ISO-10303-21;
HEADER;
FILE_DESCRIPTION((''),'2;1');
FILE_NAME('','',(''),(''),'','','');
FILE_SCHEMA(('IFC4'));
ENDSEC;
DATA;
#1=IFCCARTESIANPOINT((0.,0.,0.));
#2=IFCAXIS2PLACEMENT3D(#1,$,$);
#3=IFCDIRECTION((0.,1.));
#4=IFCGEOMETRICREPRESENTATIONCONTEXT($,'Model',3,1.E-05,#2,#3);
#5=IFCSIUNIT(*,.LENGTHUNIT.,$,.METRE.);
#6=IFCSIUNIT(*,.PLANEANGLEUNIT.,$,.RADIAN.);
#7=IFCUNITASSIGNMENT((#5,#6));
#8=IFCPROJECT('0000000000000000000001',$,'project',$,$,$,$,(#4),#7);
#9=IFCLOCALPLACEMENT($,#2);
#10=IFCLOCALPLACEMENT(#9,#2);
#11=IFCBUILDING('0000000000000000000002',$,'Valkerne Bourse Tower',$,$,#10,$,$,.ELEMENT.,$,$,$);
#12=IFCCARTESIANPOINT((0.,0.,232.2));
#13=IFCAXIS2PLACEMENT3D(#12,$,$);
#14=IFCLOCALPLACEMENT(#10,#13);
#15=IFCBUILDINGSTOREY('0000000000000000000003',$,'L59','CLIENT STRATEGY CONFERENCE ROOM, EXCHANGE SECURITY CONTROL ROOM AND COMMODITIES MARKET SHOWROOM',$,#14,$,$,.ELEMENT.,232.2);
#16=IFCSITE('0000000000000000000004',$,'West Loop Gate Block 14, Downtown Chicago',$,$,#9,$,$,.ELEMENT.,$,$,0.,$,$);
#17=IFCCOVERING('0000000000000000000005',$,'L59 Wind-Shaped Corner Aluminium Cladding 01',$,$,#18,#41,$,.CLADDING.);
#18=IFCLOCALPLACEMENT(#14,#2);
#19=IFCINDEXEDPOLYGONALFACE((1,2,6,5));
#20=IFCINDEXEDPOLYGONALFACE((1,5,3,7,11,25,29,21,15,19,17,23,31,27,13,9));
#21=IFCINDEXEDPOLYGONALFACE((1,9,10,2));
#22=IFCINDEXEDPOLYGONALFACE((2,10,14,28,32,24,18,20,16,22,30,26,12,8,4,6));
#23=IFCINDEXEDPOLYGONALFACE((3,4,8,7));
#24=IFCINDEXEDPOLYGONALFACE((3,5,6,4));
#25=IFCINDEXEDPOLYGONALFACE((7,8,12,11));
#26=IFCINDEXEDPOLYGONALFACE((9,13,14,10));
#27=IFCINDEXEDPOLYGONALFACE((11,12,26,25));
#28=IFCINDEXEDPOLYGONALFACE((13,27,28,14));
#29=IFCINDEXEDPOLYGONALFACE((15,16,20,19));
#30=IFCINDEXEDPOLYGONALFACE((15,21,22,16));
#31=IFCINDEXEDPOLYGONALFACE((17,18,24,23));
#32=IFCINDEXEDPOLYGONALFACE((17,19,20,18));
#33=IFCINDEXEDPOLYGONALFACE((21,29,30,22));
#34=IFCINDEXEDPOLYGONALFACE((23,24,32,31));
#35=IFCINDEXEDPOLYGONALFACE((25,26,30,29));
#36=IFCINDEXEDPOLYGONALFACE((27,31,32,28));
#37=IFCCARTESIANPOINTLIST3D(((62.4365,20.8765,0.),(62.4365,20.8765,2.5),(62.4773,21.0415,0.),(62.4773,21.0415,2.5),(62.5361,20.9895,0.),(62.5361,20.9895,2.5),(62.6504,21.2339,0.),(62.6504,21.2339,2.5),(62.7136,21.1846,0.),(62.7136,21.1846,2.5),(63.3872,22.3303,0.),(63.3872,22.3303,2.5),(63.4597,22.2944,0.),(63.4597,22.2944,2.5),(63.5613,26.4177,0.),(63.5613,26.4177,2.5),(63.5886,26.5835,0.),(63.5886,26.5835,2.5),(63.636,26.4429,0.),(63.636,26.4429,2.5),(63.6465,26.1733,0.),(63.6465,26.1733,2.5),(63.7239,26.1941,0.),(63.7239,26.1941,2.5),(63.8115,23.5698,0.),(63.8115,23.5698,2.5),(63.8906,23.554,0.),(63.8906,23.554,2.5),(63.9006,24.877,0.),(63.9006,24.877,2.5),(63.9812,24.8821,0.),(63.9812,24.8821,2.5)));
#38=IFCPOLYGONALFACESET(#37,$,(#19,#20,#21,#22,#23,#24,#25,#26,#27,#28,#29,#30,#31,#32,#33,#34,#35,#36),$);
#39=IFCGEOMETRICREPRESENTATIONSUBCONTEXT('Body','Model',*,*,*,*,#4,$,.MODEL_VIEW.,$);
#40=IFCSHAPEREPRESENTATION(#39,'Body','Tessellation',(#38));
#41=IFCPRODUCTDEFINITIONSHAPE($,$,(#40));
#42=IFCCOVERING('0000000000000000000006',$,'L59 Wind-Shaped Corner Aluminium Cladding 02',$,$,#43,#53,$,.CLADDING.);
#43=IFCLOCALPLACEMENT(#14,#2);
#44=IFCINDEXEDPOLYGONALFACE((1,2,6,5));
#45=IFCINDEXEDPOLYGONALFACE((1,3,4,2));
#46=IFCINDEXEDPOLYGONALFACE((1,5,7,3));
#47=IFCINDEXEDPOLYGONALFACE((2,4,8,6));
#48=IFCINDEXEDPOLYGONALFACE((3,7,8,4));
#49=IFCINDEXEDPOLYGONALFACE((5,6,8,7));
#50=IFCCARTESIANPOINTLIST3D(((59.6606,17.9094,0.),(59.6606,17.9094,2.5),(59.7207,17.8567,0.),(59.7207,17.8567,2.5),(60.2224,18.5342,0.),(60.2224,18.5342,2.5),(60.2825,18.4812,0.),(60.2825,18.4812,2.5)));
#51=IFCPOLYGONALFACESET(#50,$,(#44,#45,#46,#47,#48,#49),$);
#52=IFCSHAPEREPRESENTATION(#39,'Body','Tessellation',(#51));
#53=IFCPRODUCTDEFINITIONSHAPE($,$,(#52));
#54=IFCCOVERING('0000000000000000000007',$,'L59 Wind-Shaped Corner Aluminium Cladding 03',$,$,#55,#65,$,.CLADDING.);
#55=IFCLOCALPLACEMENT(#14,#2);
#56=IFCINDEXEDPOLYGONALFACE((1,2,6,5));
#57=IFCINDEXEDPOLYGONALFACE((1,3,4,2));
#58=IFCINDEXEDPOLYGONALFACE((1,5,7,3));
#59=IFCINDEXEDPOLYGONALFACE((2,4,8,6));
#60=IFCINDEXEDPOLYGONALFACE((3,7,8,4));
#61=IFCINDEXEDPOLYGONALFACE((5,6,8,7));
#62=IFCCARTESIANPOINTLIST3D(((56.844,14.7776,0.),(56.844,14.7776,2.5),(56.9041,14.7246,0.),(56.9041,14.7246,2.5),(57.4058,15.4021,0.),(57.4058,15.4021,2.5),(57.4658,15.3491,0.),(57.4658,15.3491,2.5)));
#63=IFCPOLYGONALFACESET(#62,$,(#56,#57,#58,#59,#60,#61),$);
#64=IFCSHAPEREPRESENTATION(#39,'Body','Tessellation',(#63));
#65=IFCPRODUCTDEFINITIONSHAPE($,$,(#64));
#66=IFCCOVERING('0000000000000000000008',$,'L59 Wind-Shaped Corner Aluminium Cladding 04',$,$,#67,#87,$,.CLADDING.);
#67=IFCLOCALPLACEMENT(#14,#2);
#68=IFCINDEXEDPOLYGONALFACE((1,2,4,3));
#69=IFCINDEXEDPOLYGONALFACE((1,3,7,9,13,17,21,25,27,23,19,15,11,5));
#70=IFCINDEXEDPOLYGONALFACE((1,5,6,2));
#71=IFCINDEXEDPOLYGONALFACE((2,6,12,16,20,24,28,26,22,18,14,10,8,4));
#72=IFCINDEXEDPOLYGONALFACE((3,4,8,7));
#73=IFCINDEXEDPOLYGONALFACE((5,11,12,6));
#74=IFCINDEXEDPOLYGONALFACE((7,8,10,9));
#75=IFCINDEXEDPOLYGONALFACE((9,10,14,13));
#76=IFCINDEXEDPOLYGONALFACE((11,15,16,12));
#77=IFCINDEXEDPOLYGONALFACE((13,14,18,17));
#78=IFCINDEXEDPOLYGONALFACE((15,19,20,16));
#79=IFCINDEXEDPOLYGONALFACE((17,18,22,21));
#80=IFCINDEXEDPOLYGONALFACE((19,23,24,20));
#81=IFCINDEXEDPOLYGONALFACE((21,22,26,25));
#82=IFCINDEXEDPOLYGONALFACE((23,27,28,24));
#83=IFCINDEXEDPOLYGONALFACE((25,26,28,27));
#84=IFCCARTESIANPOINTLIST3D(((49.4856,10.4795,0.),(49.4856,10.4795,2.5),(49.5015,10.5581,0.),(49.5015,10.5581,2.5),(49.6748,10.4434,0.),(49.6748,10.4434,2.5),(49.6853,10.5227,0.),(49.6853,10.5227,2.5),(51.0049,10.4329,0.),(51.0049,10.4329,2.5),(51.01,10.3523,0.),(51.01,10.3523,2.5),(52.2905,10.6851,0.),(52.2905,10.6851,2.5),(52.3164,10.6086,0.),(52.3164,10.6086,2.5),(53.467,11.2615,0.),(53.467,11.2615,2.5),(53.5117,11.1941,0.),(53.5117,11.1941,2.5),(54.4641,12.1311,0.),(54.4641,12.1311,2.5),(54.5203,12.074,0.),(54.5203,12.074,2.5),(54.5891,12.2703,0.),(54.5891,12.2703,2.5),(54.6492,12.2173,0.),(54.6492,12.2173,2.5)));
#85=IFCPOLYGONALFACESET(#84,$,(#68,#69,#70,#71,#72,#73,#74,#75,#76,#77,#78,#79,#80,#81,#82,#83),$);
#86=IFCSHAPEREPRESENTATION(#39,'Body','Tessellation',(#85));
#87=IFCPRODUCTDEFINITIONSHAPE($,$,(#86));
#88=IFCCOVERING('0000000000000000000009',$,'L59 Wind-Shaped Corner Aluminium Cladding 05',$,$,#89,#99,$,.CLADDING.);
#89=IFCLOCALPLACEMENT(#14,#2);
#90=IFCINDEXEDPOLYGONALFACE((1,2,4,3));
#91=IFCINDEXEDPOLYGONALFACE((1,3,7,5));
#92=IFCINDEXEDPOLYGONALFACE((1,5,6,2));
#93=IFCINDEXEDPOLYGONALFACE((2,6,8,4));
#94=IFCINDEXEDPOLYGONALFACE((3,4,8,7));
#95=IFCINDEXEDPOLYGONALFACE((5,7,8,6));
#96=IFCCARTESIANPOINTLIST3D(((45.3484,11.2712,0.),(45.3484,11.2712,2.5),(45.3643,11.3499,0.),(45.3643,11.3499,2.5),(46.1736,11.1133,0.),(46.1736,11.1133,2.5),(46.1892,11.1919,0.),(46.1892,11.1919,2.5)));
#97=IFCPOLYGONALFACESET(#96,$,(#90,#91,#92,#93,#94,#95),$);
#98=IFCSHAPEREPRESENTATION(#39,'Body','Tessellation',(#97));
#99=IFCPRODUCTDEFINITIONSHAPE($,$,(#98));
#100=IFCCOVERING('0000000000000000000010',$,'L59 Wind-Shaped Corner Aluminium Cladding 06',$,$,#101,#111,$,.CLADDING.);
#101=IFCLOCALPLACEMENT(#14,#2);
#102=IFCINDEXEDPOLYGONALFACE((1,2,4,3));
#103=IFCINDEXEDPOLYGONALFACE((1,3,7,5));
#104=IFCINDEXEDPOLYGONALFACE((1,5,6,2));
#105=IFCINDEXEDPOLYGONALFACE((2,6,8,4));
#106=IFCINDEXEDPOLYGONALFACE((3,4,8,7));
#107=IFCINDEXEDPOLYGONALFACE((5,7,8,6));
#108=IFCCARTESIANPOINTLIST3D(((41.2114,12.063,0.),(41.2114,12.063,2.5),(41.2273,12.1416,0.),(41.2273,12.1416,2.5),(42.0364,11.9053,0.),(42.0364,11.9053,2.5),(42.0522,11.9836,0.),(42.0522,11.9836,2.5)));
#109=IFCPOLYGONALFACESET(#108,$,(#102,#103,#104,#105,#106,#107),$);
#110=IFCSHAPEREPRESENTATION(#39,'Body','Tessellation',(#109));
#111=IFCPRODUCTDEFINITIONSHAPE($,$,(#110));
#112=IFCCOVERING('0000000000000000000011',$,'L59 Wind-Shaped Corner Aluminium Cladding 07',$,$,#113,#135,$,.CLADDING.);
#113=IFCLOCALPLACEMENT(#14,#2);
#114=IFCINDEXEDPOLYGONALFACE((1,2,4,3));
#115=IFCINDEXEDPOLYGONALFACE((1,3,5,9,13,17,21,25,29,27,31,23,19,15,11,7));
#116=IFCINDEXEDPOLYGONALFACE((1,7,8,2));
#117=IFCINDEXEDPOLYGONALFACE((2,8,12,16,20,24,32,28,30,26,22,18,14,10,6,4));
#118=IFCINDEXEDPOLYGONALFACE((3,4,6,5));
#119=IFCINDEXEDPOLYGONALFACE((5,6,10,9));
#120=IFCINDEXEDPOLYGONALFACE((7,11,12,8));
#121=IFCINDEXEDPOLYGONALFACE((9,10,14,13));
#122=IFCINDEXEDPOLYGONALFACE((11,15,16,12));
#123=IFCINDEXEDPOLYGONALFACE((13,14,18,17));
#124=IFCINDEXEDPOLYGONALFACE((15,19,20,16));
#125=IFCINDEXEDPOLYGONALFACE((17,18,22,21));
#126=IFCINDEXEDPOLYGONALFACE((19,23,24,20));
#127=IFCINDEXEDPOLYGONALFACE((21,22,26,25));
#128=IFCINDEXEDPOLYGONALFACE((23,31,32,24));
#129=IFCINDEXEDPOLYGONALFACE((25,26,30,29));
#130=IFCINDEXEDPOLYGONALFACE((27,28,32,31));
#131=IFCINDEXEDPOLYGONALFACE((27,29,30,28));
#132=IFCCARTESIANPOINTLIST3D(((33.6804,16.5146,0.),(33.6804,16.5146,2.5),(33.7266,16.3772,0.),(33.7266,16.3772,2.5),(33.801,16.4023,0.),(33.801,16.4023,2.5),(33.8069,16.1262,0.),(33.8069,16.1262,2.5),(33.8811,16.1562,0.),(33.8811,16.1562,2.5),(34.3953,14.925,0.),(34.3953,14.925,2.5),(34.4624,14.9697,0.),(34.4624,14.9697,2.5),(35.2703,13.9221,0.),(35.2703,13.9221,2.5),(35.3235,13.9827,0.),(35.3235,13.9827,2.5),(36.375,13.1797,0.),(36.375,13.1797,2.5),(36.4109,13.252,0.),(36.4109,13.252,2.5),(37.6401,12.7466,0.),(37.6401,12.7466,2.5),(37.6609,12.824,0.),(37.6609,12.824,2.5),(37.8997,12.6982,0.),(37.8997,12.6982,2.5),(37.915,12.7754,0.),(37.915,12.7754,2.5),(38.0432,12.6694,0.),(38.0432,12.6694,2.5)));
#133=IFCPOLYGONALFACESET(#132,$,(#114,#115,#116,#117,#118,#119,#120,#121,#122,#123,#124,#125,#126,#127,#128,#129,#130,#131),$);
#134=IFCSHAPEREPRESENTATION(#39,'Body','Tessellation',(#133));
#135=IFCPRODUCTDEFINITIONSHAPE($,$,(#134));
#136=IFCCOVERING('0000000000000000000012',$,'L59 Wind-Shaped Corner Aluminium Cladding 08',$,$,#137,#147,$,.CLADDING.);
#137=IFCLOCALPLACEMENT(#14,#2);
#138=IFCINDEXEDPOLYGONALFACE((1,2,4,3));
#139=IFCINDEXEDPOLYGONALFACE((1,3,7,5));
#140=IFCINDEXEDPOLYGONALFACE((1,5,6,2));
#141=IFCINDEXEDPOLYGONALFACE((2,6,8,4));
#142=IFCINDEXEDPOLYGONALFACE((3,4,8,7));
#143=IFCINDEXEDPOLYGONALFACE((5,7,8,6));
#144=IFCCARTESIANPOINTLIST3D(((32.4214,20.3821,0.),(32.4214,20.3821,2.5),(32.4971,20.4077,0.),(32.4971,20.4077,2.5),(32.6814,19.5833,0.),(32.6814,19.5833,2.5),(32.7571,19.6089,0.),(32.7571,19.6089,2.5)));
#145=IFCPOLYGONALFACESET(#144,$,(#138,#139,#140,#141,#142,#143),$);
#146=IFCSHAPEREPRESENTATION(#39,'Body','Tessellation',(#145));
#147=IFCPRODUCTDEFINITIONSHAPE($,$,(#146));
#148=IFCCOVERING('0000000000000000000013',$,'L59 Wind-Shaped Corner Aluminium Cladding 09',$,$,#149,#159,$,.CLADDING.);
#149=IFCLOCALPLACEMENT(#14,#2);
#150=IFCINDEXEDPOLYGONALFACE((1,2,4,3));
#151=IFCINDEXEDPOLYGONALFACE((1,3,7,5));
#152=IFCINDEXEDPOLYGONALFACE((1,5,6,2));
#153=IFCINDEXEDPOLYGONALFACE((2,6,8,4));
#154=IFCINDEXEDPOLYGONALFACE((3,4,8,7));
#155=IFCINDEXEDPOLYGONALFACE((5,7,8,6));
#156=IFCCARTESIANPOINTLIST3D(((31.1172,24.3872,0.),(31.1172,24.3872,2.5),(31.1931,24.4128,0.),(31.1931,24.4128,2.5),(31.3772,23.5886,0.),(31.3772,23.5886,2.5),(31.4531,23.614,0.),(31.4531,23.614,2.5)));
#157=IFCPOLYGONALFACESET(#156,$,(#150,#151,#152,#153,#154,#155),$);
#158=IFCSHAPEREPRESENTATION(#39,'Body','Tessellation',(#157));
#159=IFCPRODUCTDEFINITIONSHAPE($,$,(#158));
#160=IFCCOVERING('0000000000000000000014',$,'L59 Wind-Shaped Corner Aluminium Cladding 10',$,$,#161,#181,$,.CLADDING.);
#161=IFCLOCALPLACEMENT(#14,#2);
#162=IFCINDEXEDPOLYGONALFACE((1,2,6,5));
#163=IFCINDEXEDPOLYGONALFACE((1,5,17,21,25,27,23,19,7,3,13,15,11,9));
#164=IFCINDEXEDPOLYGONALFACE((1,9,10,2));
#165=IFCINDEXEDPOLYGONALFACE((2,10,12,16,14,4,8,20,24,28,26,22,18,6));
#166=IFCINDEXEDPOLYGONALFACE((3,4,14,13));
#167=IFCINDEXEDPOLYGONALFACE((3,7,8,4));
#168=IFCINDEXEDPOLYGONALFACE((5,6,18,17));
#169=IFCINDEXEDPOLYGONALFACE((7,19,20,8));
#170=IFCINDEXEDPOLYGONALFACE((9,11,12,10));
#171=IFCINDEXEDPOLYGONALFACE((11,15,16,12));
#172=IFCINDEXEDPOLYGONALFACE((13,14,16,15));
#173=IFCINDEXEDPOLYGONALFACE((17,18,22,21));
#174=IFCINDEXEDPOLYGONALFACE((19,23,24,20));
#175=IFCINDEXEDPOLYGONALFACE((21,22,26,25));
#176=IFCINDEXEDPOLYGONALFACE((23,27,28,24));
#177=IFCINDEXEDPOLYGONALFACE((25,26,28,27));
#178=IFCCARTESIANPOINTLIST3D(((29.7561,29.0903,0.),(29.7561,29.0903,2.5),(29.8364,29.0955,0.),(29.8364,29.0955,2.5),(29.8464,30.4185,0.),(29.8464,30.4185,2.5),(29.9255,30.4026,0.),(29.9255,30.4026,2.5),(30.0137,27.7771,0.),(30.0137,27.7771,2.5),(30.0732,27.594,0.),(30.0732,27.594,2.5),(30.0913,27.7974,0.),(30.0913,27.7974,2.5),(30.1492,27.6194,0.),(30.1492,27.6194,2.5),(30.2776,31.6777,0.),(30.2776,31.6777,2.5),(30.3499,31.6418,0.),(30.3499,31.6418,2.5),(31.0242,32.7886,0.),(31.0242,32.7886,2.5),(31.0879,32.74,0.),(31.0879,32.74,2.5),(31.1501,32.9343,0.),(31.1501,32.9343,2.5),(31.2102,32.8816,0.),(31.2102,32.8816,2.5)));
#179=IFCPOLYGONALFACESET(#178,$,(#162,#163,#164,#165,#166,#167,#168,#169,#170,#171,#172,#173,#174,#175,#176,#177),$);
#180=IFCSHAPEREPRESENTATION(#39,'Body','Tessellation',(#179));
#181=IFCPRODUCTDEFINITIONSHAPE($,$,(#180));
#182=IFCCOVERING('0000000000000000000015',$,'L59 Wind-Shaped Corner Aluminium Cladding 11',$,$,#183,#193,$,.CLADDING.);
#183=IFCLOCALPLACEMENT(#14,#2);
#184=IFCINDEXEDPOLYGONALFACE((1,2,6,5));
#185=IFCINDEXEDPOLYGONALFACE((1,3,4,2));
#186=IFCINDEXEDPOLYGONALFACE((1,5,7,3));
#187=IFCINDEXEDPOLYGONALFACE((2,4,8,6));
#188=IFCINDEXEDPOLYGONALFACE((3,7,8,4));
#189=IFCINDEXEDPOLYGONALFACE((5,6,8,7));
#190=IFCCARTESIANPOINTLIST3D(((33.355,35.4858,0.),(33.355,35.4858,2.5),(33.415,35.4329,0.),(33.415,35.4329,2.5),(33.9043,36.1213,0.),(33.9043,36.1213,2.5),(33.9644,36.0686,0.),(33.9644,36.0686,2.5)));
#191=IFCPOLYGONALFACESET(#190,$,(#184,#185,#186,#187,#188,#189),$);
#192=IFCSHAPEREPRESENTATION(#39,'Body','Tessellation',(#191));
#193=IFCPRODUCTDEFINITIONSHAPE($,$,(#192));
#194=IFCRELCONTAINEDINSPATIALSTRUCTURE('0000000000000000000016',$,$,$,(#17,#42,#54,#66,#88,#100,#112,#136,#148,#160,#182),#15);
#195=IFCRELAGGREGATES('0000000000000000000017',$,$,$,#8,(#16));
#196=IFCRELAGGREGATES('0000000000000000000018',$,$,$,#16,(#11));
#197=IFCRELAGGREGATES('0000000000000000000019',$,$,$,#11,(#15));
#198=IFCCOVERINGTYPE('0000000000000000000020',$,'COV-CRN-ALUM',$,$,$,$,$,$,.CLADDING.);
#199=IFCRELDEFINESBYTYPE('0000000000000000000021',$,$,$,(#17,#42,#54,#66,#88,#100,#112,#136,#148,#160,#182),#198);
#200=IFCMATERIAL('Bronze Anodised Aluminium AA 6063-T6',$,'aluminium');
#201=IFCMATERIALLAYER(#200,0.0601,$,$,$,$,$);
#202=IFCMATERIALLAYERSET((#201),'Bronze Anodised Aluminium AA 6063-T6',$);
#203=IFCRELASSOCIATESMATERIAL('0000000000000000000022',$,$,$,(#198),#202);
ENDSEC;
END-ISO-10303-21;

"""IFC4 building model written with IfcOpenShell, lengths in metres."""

from ifc_helpers import new_model, si_unit, direction, frame, origin, place, context, subcontext, project, spatial, polyline, outline, extrude, material, layer, layer_set, type_object, element, save


model = new_model("IFC4")

# Units and contexts
model_context = context("Model", 3, precision=1e-05, world=origin(), true_north=direction((0.0, 1.0)))
body_context = subcontext(model_context, "Body", "Model", "MODEL_VIEW")
ifc_project = project(units=[si_unit("LENGTHUNIT", "METRE"), si_unit("PLANEANGLEUNIT", "RADIAN")], contexts=[model_context])

# Site, building, storey
site_placement = place(None, origin())
site = spatial("IfcSite", under=ifc_project, at=site_placement, Name="West Loop Gate Block 14, Downtown Chicago", CompositionType="ELEMENT", RefElevation=0.0)
building_placement = place(site_placement, origin())
building = spatial("IfcBuilding", under=site, at=building_placement, Name="Valkerne Bourse Tower", CompositionType="ELEMENT")
storey_placement = place(building_placement, frame((0.0, 0.0, 232.2)))
storey = spatial("IfcBuildingStorey", under=building, at=storey_placement, Name="L59", Description="CLIENT STRATEGY CONFERENCE ROOM, EXCHANGE SECURITY CONTROL ROOM AND COMMODITIES MARKET SHOWROOM", CompositionType="ELEMENT", Elevation=232.2)

# Coverings
ifc_material_1 = material(Name="Bronze Anodised Aluminium AA 6063-T6", Category="aluminium")
ifc_layer_1 = layer(ifc_material_1, 0.0601)
ifc_layer_set_1 = layer_set([ifc_layer_1], Name="Bronze Anodised Aluminium AA 6063-T6")
covering_type = type_object("IfcCoveringType", Name="COV-CRN-ALUM", PredefinedType="CLADDING", material=ifc_layer_set_1)
covering_1_placement = place(storey_placement, origin())
element("IfcCovering", 1, at=covering_1_placement, inside=storey, type_object=covering_type, Name="L59 Wind-Shaped Corner Aluminium Cladding 01", PredefinedType="CLADDING", context=body_context, shape_type="SweptSolid", body=[
    extrude(outline(polyline([(63.9812, 24.8821), (63.8906, 23.554), (63.4597, 22.2944), (62.7136, 21.1846), (62.4365, 20.8765), (62.5361, 20.9895), (62.4773, 21.0415), (62.6504, 21.2339), (63.3872, 22.3303), (63.8115, 23.5698), (63.9006, 24.877), (63.6465, 26.1733), (63.5613, 26.4177), (63.636, 26.4429), (63.5886, 26.5835), (63.7239, 26.1941), (63.9812, 24.8821)])), origin(), (0.0, 0.0, 1.0), 2.5),
])
covering_2_placement = place(storey_placement, origin())
element("IfcCovering", 2, at=covering_2_placement, inside=storey, type_object=covering_type, Name="L59 Wind-Shaped Corner Aluminium Cladding 02", PredefinedType="CLADDING", context=body_context, shape_type="SweptSolid", body=[
    extrude(outline(polyline([(59.7207, 17.8567), (59.6606, 17.9094), (60.2224, 18.5342), (60.2825, 18.4812), (59.7207, 17.8567)])), origin(), (0.0, 0.0, 1.0), 2.5),
])
covering_3_placement = place(storey_placement, origin())
element("IfcCovering", 3, at=covering_3_placement, inside=storey, type_object=covering_type, Name="L59 Wind-Shaped Corner Aluminium Cladding 03", PredefinedType="CLADDING", context=body_context, shape_type="SweptSolid", body=[
    extrude(outline(polyline([(56.9041, 14.7246), (56.844, 14.7776), (57.4058, 15.4021), (57.4658, 15.3491), (56.9041, 14.7246)])), origin(), (0.0, 0.0, 1.0), 2.5),
])
covering_4_placement = place(storey_placement, origin())
element("IfcCovering", 4, at=covering_4_placement, inside=storey, type_object=covering_type, Name="L59 Wind-Shaped Corner Aluminium Cladding 04", PredefinedType="CLADDING", context=body_context, shape_type="SweptSolid", body=[
    extrude(outline(polyline([(54.5203, 12.074), (53.5117, 11.1941), (52.3164, 10.6086), (51.01, 10.3523), (49.6748, 10.4434), (49.4856, 10.4795), (49.5015, 10.5581), (49.6853, 10.5227), (51.0049, 10.4329), (52.2905, 10.6851), (53.467, 11.2615), (54.4641, 12.1311), (54.5891, 12.2703), (54.6492, 12.2173), (54.5203, 12.074)])), origin(), (0.0, 0.0, 1.0), 2.5),
])
covering_5_placement = place(storey_placement, origin())
element("IfcCovering", 5, at=covering_5_placement, inside=storey, type_object=covering_type, Name="L59 Wind-Shaped Corner Aluminium Cladding 05", PredefinedType="CLADDING", context=body_context, shape_type="SweptSolid", body=[
    extrude(outline(polyline([(45.3484, 11.2712), (45.3643, 11.3499), (46.1892, 11.1919), (46.1736, 11.1133), (45.3484, 11.2712)])), origin(), (0.0, 0.0, 1.0), 2.5),
])
covering_6_placement = place(storey_placement, origin())
element("IfcCovering", 6, at=covering_6_placement, inside=storey, type_object=covering_type, Name="L59 Wind-Shaped Corner Aluminium Cladding 06", PredefinedType="CLADDING", context=body_context, shape_type="SweptSolid", body=[
    extrude(outline(polyline([(41.2114, 12.063), (41.2273, 12.1416), (42.0522, 11.9836), (42.0364, 11.9053), (41.2114, 12.063)])), origin(), (0.0, 0.0, 1.0), 2.5),
])
covering_7_placement = place(storey_placement, origin())
element("IfcCovering", 7, at=covering_7_placement, inside=storey, type_object=covering_type, Name="L59 Wind-Shaped Corner Aluminium Cladding 07", PredefinedType="CLADDING", context=body_context, shape_type="SweptSolid", body=[
    extrude(outline(polyline([(37.6401, 12.7466), (36.375, 13.1797), (35.2703, 13.9221), (34.3953, 14.925), (33.8069, 16.1262), (33.6804, 16.5146), (33.7266, 16.3772), (33.801, 16.4023), (33.8811, 16.1562), (34.4624, 14.9697), (35.3235, 13.9827), (36.4109, 13.252), (37.6609, 12.824), (37.915, 12.7754), (37.8997, 12.6982), (38.0432, 12.6694), (37.6401, 12.7466)])), origin(), (0.0, 0.0, 1.0), 2.5),
])
covering_8_placement = place(storey_placement, origin())
element("IfcCovering", 8, at=covering_8_placement, inside=storey, type_object=covering_type, Name="L59 Wind-Shaped Corner Aluminium Cladding 08", PredefinedType="CLADDING", context=body_context, shape_type="SweptSolid", body=[
    extrude(outline(polyline([(32.4214, 20.3821), (32.4971, 20.4077), (32.7571, 19.6089), (32.6814, 19.5833), (32.4214, 20.3821)])), origin(), (0.0, 0.0, 1.0), 2.5),
])
covering_9_placement = place(storey_placement, origin())
element("IfcCovering", 9, at=covering_9_placement, inside=storey, type_object=covering_type, Name="L59 Wind-Shaped Corner Aluminium Cladding 09", PredefinedType="CLADDING", context=body_context, shape_type="SweptSolid", body=[
    extrude(outline(polyline([(31.1172, 24.3872), (31.1931, 24.4128), (31.4531, 23.614), (31.3772, 23.5886), (31.1172, 24.3872)])), origin(), (0.0, 0.0, 1.0), 2.5),
])
covering_10_placement = place(storey_placement, origin())
element("IfcCovering", 10, at=covering_10_placement, inside=storey, type_object=covering_type, Name="L59 Wind-Shaped Corner Aluminium Cladding 10", PredefinedType="CLADDING", context=body_context, shape_type="SweptSolid", body=[
    extrude(outline(polyline([(30.0137, 27.7771), (29.7561, 29.0903), (29.8464, 30.4185), (30.2776, 31.6777), (31.0242, 32.7886), (31.1501, 32.9343), (31.2102, 32.8816), (31.0879, 32.74), (30.3499, 31.6418), (29.9255, 30.4026), (29.8364, 29.0955), (30.0913, 27.7974), (30.1492, 27.6194), (30.0732, 27.594), (30.0137, 27.7771)])), origin(), (0.0, 0.0, 1.0), 2.5),
])
covering_11_placement = place(storey_placement, origin())
element("IfcCovering", 11, at=covering_11_placement, inside=storey, type_object=covering_type, Name="L59 Wind-Shaped Corner Aluminium Cladding 11", PredefinedType="CLADDING", context=body_context, shape_type="SweptSolid", body=[
    extrude(outline(polyline([(33.9043, 36.1213), (33.9644, 36.0686), (33.415, 35.4329), (33.355, 35.4858), (33.9043, 36.1213)])), origin(), (0.0, 0.0, 1.0), 2.5),
])

save(model, "model.ifc")
